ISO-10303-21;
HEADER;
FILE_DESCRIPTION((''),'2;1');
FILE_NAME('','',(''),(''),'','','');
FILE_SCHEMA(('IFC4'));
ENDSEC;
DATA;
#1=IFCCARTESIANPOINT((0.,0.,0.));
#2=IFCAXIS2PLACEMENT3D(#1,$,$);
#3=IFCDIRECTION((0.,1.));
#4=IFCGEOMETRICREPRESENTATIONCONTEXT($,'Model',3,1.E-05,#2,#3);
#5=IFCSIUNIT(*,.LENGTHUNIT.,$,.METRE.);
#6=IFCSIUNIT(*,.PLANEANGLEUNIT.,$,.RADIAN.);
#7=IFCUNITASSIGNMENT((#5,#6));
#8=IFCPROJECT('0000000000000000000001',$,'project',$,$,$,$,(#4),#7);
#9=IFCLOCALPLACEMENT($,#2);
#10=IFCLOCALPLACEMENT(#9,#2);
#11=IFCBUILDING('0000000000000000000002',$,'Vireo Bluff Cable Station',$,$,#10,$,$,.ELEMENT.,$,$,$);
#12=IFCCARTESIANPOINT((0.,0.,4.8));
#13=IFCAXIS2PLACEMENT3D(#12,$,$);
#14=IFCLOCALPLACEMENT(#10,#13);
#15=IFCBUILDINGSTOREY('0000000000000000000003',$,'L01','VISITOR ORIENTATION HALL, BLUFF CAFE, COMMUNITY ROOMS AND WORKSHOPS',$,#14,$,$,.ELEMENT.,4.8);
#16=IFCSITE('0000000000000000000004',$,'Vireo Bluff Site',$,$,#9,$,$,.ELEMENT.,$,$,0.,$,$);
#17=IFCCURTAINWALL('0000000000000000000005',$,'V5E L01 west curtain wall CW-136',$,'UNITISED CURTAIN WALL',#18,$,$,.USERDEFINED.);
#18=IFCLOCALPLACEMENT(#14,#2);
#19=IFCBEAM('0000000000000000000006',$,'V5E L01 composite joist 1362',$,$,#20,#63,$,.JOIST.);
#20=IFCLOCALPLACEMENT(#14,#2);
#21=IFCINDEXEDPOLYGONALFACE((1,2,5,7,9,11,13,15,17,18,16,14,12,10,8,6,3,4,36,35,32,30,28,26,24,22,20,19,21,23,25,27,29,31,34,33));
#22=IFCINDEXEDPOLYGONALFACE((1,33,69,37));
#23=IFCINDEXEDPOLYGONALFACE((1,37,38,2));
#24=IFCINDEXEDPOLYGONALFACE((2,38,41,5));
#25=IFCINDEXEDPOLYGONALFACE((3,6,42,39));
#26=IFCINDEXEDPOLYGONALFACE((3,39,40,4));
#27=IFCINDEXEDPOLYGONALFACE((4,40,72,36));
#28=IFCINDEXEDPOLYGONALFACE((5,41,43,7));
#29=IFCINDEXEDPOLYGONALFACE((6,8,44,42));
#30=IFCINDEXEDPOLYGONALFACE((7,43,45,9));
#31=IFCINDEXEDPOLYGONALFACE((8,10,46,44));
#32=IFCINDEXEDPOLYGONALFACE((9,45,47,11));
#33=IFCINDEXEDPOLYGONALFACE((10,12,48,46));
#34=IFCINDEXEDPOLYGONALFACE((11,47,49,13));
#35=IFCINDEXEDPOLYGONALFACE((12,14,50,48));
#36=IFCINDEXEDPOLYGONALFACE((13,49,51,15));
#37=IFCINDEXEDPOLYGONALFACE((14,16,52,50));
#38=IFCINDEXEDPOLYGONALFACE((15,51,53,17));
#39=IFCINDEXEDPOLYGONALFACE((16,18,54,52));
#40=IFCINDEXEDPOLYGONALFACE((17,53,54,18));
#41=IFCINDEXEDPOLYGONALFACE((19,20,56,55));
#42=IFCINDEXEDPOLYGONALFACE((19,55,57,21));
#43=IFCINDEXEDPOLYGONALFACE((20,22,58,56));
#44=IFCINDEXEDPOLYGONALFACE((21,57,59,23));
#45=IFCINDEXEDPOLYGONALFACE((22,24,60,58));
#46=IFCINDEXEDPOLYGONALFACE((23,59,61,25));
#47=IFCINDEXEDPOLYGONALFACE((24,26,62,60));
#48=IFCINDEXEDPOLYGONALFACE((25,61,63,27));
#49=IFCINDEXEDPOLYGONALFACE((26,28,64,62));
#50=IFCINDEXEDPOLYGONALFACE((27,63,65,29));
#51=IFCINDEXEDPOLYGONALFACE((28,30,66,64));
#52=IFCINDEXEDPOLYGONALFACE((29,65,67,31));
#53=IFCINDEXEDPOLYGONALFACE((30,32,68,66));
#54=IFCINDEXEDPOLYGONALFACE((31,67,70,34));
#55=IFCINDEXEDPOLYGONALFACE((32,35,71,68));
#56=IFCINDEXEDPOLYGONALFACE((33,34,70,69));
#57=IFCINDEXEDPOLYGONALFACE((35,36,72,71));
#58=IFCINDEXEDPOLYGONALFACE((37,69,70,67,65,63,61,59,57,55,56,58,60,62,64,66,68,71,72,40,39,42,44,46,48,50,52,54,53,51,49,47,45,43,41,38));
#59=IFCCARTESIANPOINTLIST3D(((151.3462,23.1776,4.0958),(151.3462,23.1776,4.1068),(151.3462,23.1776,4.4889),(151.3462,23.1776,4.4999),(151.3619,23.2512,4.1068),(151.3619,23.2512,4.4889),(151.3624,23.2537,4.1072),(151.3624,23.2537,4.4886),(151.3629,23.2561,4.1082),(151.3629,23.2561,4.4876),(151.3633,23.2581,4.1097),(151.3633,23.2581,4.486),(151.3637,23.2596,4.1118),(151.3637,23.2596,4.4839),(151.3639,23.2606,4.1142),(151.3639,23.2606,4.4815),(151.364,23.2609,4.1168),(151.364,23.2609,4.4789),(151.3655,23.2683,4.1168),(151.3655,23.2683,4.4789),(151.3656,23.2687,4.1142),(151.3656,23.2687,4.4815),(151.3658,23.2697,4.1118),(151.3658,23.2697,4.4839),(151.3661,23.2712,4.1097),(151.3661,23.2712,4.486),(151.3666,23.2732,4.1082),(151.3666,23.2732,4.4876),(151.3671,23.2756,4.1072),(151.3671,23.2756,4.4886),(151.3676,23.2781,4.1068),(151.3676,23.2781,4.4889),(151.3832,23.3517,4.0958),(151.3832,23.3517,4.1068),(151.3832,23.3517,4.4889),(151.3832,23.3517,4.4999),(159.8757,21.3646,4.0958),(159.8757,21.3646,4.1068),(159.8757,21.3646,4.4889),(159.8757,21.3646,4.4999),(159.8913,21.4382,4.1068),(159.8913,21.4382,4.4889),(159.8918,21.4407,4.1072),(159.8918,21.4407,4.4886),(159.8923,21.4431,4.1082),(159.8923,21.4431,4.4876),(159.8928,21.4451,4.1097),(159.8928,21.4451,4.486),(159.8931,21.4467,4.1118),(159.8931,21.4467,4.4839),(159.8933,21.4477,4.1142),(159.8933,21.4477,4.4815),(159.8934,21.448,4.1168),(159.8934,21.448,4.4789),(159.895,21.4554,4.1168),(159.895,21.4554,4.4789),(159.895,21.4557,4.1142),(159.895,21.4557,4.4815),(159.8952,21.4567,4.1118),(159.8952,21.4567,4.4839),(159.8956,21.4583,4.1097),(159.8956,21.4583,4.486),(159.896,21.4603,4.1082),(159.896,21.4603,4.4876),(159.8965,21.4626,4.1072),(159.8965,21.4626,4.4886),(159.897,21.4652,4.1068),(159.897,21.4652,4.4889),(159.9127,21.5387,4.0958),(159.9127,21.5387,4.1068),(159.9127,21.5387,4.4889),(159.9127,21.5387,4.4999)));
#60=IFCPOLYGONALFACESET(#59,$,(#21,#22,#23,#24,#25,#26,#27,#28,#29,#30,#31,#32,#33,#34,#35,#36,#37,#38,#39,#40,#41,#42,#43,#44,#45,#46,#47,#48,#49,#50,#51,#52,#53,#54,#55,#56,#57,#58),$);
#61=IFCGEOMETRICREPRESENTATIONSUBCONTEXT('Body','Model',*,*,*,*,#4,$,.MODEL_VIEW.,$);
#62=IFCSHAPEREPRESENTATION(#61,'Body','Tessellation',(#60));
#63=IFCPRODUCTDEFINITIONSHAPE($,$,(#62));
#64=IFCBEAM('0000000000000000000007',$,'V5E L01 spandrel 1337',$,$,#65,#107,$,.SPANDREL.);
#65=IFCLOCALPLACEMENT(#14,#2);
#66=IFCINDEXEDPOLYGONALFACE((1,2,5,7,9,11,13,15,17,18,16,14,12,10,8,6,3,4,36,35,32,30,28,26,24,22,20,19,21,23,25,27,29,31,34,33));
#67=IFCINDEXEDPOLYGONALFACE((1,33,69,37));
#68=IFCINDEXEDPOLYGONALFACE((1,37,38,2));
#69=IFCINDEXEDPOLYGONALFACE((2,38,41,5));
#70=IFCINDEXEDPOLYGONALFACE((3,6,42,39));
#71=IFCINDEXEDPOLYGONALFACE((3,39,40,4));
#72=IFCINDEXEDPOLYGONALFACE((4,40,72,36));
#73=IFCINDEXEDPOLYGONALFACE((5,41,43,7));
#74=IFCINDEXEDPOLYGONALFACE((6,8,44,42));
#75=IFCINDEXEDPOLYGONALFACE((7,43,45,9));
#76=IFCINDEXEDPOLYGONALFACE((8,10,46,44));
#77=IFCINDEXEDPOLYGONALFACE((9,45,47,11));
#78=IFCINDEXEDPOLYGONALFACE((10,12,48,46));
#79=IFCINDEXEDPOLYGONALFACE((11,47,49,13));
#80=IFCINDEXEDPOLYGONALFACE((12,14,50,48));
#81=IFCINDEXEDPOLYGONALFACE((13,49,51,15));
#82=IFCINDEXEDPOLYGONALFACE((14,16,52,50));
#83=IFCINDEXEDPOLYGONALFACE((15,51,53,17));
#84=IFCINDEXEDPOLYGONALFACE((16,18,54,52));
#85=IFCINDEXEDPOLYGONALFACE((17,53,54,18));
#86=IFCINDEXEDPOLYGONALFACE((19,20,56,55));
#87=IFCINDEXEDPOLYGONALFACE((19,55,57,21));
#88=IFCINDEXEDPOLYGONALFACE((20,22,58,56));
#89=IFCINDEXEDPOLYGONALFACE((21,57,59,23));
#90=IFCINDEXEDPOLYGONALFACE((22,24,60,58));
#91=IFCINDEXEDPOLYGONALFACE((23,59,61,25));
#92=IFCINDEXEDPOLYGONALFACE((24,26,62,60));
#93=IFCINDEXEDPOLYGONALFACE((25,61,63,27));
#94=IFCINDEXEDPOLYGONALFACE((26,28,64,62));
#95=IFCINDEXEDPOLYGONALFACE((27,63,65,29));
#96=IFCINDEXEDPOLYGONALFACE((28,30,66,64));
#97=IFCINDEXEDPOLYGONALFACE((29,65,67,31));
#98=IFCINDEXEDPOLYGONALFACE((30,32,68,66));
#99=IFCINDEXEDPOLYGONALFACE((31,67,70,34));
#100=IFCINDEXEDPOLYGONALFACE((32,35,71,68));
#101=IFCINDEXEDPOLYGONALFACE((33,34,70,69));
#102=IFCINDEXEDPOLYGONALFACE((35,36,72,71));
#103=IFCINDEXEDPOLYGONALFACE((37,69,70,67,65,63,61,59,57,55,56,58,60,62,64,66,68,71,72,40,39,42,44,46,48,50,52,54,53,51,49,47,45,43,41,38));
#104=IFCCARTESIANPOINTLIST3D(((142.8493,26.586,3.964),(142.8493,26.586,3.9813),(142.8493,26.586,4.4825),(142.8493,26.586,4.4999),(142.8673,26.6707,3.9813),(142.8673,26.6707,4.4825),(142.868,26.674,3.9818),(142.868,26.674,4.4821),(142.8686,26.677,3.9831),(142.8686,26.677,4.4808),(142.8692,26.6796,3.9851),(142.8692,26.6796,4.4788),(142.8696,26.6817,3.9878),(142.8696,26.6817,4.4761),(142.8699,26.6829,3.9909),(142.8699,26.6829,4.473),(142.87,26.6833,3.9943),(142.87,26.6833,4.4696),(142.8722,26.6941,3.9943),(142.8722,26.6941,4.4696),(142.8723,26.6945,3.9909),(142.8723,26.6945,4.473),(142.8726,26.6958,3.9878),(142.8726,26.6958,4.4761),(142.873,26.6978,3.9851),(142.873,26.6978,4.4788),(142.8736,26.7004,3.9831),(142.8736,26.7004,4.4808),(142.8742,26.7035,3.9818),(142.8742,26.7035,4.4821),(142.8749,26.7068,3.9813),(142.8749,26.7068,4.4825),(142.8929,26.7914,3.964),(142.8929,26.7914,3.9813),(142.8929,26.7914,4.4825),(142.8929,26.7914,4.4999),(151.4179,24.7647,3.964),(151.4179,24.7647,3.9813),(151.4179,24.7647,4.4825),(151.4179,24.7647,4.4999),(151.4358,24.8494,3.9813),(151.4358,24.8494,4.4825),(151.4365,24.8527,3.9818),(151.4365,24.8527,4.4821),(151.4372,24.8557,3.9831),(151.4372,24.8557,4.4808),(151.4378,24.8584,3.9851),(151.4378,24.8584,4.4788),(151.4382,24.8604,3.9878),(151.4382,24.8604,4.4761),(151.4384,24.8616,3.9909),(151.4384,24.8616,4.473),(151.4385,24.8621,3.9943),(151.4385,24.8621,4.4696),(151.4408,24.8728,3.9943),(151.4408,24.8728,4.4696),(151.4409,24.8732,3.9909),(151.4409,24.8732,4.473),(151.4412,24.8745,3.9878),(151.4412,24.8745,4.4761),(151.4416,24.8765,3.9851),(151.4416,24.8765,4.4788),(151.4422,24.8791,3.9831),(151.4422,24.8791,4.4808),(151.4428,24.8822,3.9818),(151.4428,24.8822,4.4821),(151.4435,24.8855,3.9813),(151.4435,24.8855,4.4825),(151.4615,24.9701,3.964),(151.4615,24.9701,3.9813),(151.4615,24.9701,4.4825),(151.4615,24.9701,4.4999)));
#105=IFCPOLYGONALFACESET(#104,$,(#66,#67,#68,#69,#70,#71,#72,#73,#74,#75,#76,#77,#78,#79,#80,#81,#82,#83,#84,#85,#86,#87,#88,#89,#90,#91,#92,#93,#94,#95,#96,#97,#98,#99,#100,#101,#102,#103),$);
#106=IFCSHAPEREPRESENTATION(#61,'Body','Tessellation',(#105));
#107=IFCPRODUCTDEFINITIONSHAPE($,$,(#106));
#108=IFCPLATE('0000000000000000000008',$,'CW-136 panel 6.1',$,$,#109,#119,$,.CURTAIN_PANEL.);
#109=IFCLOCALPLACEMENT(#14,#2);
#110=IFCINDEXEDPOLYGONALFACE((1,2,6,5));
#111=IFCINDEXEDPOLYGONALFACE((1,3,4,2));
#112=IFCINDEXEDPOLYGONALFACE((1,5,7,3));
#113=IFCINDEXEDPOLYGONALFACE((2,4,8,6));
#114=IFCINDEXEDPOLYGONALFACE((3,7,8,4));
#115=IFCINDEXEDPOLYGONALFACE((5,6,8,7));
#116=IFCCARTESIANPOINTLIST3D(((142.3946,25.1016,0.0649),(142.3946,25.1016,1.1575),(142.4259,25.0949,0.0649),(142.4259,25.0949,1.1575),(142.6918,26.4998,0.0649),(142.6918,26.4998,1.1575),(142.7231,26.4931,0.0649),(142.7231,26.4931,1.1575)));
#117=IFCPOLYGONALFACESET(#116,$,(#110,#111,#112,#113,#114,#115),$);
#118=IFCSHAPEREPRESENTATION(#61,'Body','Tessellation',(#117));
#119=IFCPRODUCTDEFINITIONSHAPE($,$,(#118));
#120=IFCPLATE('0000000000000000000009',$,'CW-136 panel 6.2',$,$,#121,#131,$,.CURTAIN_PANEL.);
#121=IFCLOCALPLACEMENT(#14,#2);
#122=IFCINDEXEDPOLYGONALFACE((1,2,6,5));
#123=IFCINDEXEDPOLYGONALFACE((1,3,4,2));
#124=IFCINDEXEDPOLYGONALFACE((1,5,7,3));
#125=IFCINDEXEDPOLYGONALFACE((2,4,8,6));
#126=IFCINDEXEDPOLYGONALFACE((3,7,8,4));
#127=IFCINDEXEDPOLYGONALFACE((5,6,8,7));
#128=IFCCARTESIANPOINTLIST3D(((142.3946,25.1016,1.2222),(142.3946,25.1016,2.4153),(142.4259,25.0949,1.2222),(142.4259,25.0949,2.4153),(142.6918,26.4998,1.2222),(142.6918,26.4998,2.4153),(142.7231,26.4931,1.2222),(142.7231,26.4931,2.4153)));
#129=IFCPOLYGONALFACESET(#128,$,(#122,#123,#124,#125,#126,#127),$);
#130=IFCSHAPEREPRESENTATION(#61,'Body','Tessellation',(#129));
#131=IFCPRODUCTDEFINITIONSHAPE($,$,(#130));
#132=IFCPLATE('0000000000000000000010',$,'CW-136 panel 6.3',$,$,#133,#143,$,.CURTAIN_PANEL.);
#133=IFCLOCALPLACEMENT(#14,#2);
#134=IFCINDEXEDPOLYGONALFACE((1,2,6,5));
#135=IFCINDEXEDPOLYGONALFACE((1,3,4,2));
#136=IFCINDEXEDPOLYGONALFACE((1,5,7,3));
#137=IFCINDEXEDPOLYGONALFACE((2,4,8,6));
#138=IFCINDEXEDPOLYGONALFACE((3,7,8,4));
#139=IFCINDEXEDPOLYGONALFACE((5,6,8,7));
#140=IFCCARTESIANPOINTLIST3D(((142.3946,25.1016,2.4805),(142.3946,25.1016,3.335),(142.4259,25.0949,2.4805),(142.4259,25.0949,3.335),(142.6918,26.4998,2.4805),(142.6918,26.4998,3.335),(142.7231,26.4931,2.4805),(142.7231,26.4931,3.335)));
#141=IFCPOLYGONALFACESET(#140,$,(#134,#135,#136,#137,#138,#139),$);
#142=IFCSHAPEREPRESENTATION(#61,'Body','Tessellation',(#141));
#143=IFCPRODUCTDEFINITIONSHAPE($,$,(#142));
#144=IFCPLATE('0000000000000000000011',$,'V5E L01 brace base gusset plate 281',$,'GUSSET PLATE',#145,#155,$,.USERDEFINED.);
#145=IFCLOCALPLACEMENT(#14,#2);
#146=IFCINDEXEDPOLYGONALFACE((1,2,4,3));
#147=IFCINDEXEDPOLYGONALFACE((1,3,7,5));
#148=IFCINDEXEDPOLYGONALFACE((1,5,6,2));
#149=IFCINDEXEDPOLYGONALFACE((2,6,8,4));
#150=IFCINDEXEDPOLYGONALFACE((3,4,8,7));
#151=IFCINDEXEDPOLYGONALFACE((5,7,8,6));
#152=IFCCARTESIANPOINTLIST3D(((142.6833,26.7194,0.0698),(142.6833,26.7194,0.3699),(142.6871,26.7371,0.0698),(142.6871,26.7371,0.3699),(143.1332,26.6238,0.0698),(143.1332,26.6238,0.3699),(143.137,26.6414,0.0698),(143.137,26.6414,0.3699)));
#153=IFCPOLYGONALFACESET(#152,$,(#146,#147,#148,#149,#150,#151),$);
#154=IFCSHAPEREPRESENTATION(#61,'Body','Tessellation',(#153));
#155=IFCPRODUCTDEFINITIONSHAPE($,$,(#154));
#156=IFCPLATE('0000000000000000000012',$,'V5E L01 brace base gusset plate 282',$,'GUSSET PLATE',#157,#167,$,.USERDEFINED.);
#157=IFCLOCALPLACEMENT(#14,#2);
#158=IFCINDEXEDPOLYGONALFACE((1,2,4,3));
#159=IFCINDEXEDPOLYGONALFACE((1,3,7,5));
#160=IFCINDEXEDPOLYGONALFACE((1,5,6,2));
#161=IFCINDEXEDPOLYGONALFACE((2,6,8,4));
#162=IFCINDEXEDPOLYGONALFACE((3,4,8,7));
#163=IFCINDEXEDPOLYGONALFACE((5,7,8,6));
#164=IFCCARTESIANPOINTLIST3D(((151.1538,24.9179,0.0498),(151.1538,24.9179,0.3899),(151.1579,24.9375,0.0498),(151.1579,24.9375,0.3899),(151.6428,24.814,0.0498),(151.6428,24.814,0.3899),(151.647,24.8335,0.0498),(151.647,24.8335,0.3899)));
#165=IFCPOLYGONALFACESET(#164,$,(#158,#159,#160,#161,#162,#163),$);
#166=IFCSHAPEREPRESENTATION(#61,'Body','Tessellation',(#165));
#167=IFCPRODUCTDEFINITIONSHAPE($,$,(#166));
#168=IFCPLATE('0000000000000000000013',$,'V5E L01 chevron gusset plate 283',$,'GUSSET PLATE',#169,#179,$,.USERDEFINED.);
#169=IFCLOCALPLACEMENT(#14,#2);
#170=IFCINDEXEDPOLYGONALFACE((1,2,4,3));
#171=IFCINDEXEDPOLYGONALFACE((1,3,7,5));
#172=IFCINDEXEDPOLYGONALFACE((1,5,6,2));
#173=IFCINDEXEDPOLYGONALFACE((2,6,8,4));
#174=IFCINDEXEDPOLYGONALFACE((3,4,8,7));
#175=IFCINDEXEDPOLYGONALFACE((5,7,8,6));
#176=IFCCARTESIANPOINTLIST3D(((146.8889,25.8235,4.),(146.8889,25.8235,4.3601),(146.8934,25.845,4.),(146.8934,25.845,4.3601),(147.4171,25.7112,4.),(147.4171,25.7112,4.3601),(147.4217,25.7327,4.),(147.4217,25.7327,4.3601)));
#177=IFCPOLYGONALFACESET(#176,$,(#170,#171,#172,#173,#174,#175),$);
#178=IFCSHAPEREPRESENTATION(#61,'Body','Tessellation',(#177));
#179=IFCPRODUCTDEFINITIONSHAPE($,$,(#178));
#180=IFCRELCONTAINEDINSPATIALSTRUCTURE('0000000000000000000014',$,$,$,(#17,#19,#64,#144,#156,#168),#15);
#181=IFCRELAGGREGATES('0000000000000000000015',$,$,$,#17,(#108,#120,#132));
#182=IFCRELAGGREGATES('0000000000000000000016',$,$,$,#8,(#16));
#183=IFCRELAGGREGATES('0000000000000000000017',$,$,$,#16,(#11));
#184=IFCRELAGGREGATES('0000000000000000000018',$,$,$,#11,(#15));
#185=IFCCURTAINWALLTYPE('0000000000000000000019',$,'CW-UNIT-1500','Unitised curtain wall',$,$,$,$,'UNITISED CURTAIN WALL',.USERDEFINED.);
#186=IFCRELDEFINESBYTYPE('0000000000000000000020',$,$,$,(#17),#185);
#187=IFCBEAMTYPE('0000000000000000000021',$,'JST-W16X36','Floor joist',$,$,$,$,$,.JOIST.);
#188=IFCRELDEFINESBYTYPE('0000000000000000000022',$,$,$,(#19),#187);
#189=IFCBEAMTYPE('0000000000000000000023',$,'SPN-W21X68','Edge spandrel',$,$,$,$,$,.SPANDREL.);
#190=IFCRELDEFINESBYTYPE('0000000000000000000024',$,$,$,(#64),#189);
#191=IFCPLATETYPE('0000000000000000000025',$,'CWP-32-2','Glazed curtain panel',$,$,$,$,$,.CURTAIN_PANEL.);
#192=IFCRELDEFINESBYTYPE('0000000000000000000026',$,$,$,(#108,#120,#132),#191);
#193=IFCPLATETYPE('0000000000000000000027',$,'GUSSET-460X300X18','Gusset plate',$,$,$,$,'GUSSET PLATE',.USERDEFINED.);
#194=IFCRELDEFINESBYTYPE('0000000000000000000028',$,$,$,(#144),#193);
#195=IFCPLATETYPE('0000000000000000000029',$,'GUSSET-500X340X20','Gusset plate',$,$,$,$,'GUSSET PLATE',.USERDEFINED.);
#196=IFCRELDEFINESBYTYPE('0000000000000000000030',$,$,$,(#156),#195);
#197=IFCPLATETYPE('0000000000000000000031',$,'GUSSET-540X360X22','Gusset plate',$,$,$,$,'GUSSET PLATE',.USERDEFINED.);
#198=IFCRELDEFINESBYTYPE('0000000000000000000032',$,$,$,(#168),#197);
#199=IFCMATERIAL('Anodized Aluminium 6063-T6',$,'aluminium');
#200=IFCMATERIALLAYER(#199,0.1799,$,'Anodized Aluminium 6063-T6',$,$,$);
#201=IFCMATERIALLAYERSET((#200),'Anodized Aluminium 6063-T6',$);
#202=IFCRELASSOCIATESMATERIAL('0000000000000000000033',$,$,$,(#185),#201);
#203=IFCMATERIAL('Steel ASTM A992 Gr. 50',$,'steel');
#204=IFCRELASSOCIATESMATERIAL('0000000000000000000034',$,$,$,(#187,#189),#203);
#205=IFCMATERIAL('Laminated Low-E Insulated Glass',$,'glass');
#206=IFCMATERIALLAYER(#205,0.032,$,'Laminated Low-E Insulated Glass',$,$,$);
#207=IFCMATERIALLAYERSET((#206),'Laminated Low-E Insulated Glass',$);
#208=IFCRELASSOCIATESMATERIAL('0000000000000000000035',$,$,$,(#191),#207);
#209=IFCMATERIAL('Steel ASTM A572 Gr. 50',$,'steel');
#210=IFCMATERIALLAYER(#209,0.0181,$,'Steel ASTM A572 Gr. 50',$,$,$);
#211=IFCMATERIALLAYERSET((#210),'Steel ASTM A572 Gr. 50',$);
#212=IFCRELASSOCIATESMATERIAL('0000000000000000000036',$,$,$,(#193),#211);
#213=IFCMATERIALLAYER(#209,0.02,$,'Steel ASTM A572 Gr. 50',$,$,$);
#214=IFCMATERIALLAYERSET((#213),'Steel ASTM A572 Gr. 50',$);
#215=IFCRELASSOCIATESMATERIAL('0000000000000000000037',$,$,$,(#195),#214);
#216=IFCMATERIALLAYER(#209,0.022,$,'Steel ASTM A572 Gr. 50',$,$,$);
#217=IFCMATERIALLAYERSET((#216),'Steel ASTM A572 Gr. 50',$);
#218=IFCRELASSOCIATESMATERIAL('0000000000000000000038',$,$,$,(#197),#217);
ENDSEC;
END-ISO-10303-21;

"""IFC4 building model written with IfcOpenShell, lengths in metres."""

from ifc_helpers import new_model, si_unit, direction, frame, origin, origin_2d, place, context, subcontext, project, spatial, rectangle, i_section, extrude, material, layer, layer_set, material_profile, profile_set, type_object, element, aggregate, save


model = new_model("IFC4")

# Units and contexts
model_context = context("Model", 3, precision=1e-05, world=origin(), true_north=direction((0.0, 1.0)))
body_context = subcontext(model_context, "Body", "Model", "MODEL_VIEW")
ifc_project = project(units=[si_unit("LENGTHUNIT", "METRE"), si_unit("PLANEANGLEUNIT", "RADIAN")], contexts=[model_context])

# Site, building, storey
site_placement = place(None, origin())
site = spatial("IfcSite", under=ifc_project, at=site_placement, Name="Vireo Bluff Site", CompositionType="ELEMENT", RefElevation=0.0)
building_placement = place(site_placement, origin())
building = spatial("IfcBuilding", under=site, at=building_placement, Name="Vireo Bluff Cable Station", CompositionType="ELEMENT")
storey_placement = place(building_placement, frame((0.0, 0.0, 4.8)))
storey = spatial("IfcBuildingStorey", under=building, at=storey_placement, Name="L01", Description="VISITOR ORIENTATION HALL, BLUFF CAFE, COMMUNITY ROOMS AND WORKSHOPS", CompositionType="ELEMENT", Elevation=4.8)

# Shared definitions
ifc_material_1 = material(Name="Steel ASTM A992 Gr. 50", Category="steel")

# Curtain wall
ifc_material_2 = material(Name="Anodized Aluminium 6063-T6", Category="aluminium")
ifc_layer_1 = layer(ifc_material_2, 0.1799, Name="Anodized Aluminium 6063-T6")
ifc_layer_set_1 = layer_set([ifc_layer_1], Name="Anodized Aluminium 6063-T6")
curtain_wall_type = type_object("IfcCurtainWallType", Name="CW-UNIT-1500", Description="Unitised curtain wall", ElementType="UNITISED CURTAIN WALL", PredefinedType="USERDEFINED", material=ifc_layer_set_1)
curtain_wall_placement = place(storey_placement, origin())
curtain_wall = element("IfcCurtainWall", 1, at=curtain_wall_placement, inside=storey, type_object=curtain_wall_type, Name="V5E L01 west curtain wall CW-136", ObjectType="UNITISED CURTAIN WALL", PredefinedType="USERDEFINED")

# Beams
ifc_material_profile_1 = material_profile(ifc_material_1, i_section(OverallWidth=0.178, OverallDepth=0.4041, WebThickness=0.0076, FlangeThickness=0.011, FilletRadius=0.01, at=origin_2d()), Name="W16X36")
ifc_profile_set_1 = profile_set([ifc_material_profile_1], Name="Steel ASTM A992 Gr. 50")
beam_type_1 = type_object("IfcBeamType", Name="JST-W16X36", Description="Floor joist", PredefinedType="JOIST", material=ifc_profile_set_1)
beam_1_placement = place(storey_placement, frame((151.3647, 23.2646, 4.2979), z_axis=(0.978148, -0.207909, 0.0), x_axis=(0.207909, 0.978148, 0.0)))
element("IfcBeam", 2, at=beam_1_placement, inside=storey, type_object=beam_type_1, Name="V5E L01 composite joist 1362", PredefinedType="JOIST", context=body_context, shape_type="SweptSolid", body=[
    extrude(i_section(OverallWidth=0.178, OverallDepth=0.4041, WebThickness=0.0076, FlangeThickness=0.011, FilletRadius=0.01, at=origin_2d()), origin(), (0.0, 0.0, 1.0), 8.72),
])
ifc_material_profile_2 = material_profile(ifc_material_1, i_section(OverallWidth=0.21, OverallDepth=0.5359, WebThickness=0.011, FlangeThickness=0.0173, FilletRadius=0.0129, at=origin_2d()), Name="W21X68")
ifc_profile_set_2 = profile_set([ifc_material_profile_2], Name="Steel ASTM A992 Gr. 50")
beam_type_2 = type_object("IfcBeamType", Name="SPN-W21X68", Description="Edge spandrel", PredefinedType="SPANDREL", material=ifc_profile_set_2)
beam_2_placement = place(storey_placement, frame((142.8711, 26.6887, 4.2319), z_axis=(0.978148, -0.207909, 0.0), x_axis=(0.207909, 0.978148, 0.0)))
element("IfcBeam", 3, at=beam_2_placement, inside=storey, type_object=beam_type_2, Name="V5E L01 spandrel 1337", PredefinedType="SPANDREL", context=body_context, shape_type="SweptSolid", body=[
    extrude(i_section(OverallWidth=0.21, OverallDepth=0.5359, WebThickness=0.011, FlangeThickness=0.0173, FilletRadius=0.0129, at=origin_2d()), origin(), (0.0, 0.0, 1.0), 8.76),
])

# Plates
ifc_material_3 = material(Name="Laminated Low-E Insulated Glass", Category="glass")
ifc_layer_2 = layer(ifc_material_3, 0.032, Name="Laminated Low-E Insulated Glass")
ifc_layer_set_2 = layer_set([ifc_layer_2], Name="Laminated Low-E Insulated Glass")
plate_type_1 = type_object("IfcPlateType", Name="CWP-32-2", Description="Glazed curtain panel", PredefinedType="CURTAIN_PANEL", material=ifc_layer_set_2)
plate_1_placement = place(storey_placement, frame((142.5588, 25.7974, 0.0649), z_axis=(0.0, 0.0, 1.0), x_axis=(0.207912, 0.978148, 0.0)))
plate_1 = element("IfcPlate", 4, at=plate_1_placement, type_object=plate_type_1, Name="CW-136 panel 6.1", PredefinedType="CURTAIN_PANEL", context=body_context, shape_type="SweptSolid", body=[
    extrude(rectangle(XDim=1.4294, YDim=0.032, at=origin_2d()), origin(), (0.0, 0.0, 1.0), 1.0925),
])
plate_2_placement = place(storey_placement, frame((142.5588, 25.7974, 1.2222), z_axis=(0.0, 0.0, 1.0), x_axis=(0.207912, 0.978148, 0.0)))
plate_2 = element("IfcPlate", 5, at=plate_2_placement, type_object=plate_type_1, Name="CW-136 panel 6.2", PredefinedType="CURTAIN_PANEL", context=body_context, shape_type="SweptSolid", body=[
    extrude(rectangle(XDim=1.4294, YDim=0.032, at=origin_2d()), origin(), (0.0, 0.0, 1.0), 1.1931),
])
plate_3_placement = place(storey_placement, frame((142.5588, 25.7974, 2.4805), z_axis=(0.0, 0.0, 1.0), x_axis=(0.207912, 0.978148, 0.0)))
plate_3 = element("IfcPlate", 6, at=plate_3_placement, type_object=plate_type_1, Name="CW-136 panel 6.3", PredefinedType="CURTAIN_PANEL", context=body_context, shape_type="SweptSolid", body=[
    extrude(rectangle(XDim=1.4294, YDim=0.032, at=origin_2d()), origin(), (0.0, 0.0, 1.0), 0.8545),
])
aggregate(curtain_wall, [plate_1, plate_2, plate_3])

# Plates
ifc_material_4 = material(Name="Steel ASTM A572 Gr. 50", Category="steel")
ifc_layer_3 = layer(ifc_material_4, 0.0181, Name="Steel ASTM A572 Gr. 50")
ifc_layer_set_3 = layer_set([ifc_layer_3], Name="Steel ASTM A572 Gr. 50")
plate_type_2 = type_object("IfcPlateType", Name="GUSSET-460X300X18", Description="Gusset plate", ElementType="GUSSET PLATE", PredefinedType="USERDEFINED", material=ifc_layer_set_3)
plate_4_placement = place(storey_placement, frame((142.9102, 26.6804, 0.0698), z_axis=(0.0, 0.0, 1.0), x_axis=(0.978148, -0.207912, 0.0)))
element("IfcPlate", 7, at=plate_4_placement, inside=storey, type_object=plate_type_2, Name="V5E L01 brace base gusset plate 281", ObjectType="GUSSET PLATE", PredefinedType="USERDEFINED", context=body_context, shape_type="SweptSolid", body=[
    extrude(rectangle(XDim=0.46, YDim=0.0181, at=origin_2d()), origin(), (0.0, 0.0, 1.0), 0.3),
])
ifc_layer_4 = layer(ifc_material_4, 0.02, Name="Steel ASTM A572 Gr. 50")
ifc_layer_set_4 = layer_set([ifc_layer_4], Name="Steel ASTM A572 Gr. 50")
plate_type_3 = type_object("IfcPlateType", Name="GUSSET-500X340X20", Description="Gusset plate", ElementType="GUSSET PLATE", PredefinedType="USERDEFINED", material=ifc_layer_set_4)
plate_5_placement = place(storey_placement, frame((151.4004, 24.8757, 0.0498), z_axis=(0.0, 0.0, 1.0), x_axis=(0.978148, -0.207912, 0.0)))
element("IfcPlate", 8, at=plate_5_placement, inside=storey, type_object=plate_type_3, Name="V5E L01 brace base gusset plate 282", ObjectType="GUSSET PLATE", PredefinedType="USERDEFINED", context=body_context, shape_type="SweptSolid", body=[
    extrude(rectangle(XDim=0.5, YDim=0.02, at=origin_2d()), origin(), (0.0, 0.0, 1.0), 0.3401),
])
ifc_layer_5 = layer(ifc_material_4, 0.022, Name="Steel ASTM A572 Gr. 50")
ifc_layer_set_5 = layer_set([ifc_layer_5], Name="Steel ASTM A572 Gr. 50")
plate_type_4 = type_object("IfcPlateType", Name="GUSSET-540X360X22", Description="Gusset plate", ElementType="GUSSET PLATE", PredefinedType="USERDEFINED", material=ifc_layer_set_5)
plate_6_placement = place(storey_placement, frame((147.1553, 25.7781, 4.0), z_axis=(0.0, 0.0, 1.0), x_axis=(0.978148, -0.207912, 0.0)))
element("IfcPlate", 9, at=plate_6_placement, inside=storey, type_object=plate_type_4, Name="V5E L01 chevron gusset plate 283", ObjectType="GUSSET PLATE", PredefinedType="USERDEFINED", context=body_context, shape_type="SweptSolid", body=[
    extrude(rectangle(XDim=0.54, YDim=0.022, at=origin_2d()), origin(), (0.0, 0.0, 1.0), 0.3601),
])

save(model, "model.ifc")
